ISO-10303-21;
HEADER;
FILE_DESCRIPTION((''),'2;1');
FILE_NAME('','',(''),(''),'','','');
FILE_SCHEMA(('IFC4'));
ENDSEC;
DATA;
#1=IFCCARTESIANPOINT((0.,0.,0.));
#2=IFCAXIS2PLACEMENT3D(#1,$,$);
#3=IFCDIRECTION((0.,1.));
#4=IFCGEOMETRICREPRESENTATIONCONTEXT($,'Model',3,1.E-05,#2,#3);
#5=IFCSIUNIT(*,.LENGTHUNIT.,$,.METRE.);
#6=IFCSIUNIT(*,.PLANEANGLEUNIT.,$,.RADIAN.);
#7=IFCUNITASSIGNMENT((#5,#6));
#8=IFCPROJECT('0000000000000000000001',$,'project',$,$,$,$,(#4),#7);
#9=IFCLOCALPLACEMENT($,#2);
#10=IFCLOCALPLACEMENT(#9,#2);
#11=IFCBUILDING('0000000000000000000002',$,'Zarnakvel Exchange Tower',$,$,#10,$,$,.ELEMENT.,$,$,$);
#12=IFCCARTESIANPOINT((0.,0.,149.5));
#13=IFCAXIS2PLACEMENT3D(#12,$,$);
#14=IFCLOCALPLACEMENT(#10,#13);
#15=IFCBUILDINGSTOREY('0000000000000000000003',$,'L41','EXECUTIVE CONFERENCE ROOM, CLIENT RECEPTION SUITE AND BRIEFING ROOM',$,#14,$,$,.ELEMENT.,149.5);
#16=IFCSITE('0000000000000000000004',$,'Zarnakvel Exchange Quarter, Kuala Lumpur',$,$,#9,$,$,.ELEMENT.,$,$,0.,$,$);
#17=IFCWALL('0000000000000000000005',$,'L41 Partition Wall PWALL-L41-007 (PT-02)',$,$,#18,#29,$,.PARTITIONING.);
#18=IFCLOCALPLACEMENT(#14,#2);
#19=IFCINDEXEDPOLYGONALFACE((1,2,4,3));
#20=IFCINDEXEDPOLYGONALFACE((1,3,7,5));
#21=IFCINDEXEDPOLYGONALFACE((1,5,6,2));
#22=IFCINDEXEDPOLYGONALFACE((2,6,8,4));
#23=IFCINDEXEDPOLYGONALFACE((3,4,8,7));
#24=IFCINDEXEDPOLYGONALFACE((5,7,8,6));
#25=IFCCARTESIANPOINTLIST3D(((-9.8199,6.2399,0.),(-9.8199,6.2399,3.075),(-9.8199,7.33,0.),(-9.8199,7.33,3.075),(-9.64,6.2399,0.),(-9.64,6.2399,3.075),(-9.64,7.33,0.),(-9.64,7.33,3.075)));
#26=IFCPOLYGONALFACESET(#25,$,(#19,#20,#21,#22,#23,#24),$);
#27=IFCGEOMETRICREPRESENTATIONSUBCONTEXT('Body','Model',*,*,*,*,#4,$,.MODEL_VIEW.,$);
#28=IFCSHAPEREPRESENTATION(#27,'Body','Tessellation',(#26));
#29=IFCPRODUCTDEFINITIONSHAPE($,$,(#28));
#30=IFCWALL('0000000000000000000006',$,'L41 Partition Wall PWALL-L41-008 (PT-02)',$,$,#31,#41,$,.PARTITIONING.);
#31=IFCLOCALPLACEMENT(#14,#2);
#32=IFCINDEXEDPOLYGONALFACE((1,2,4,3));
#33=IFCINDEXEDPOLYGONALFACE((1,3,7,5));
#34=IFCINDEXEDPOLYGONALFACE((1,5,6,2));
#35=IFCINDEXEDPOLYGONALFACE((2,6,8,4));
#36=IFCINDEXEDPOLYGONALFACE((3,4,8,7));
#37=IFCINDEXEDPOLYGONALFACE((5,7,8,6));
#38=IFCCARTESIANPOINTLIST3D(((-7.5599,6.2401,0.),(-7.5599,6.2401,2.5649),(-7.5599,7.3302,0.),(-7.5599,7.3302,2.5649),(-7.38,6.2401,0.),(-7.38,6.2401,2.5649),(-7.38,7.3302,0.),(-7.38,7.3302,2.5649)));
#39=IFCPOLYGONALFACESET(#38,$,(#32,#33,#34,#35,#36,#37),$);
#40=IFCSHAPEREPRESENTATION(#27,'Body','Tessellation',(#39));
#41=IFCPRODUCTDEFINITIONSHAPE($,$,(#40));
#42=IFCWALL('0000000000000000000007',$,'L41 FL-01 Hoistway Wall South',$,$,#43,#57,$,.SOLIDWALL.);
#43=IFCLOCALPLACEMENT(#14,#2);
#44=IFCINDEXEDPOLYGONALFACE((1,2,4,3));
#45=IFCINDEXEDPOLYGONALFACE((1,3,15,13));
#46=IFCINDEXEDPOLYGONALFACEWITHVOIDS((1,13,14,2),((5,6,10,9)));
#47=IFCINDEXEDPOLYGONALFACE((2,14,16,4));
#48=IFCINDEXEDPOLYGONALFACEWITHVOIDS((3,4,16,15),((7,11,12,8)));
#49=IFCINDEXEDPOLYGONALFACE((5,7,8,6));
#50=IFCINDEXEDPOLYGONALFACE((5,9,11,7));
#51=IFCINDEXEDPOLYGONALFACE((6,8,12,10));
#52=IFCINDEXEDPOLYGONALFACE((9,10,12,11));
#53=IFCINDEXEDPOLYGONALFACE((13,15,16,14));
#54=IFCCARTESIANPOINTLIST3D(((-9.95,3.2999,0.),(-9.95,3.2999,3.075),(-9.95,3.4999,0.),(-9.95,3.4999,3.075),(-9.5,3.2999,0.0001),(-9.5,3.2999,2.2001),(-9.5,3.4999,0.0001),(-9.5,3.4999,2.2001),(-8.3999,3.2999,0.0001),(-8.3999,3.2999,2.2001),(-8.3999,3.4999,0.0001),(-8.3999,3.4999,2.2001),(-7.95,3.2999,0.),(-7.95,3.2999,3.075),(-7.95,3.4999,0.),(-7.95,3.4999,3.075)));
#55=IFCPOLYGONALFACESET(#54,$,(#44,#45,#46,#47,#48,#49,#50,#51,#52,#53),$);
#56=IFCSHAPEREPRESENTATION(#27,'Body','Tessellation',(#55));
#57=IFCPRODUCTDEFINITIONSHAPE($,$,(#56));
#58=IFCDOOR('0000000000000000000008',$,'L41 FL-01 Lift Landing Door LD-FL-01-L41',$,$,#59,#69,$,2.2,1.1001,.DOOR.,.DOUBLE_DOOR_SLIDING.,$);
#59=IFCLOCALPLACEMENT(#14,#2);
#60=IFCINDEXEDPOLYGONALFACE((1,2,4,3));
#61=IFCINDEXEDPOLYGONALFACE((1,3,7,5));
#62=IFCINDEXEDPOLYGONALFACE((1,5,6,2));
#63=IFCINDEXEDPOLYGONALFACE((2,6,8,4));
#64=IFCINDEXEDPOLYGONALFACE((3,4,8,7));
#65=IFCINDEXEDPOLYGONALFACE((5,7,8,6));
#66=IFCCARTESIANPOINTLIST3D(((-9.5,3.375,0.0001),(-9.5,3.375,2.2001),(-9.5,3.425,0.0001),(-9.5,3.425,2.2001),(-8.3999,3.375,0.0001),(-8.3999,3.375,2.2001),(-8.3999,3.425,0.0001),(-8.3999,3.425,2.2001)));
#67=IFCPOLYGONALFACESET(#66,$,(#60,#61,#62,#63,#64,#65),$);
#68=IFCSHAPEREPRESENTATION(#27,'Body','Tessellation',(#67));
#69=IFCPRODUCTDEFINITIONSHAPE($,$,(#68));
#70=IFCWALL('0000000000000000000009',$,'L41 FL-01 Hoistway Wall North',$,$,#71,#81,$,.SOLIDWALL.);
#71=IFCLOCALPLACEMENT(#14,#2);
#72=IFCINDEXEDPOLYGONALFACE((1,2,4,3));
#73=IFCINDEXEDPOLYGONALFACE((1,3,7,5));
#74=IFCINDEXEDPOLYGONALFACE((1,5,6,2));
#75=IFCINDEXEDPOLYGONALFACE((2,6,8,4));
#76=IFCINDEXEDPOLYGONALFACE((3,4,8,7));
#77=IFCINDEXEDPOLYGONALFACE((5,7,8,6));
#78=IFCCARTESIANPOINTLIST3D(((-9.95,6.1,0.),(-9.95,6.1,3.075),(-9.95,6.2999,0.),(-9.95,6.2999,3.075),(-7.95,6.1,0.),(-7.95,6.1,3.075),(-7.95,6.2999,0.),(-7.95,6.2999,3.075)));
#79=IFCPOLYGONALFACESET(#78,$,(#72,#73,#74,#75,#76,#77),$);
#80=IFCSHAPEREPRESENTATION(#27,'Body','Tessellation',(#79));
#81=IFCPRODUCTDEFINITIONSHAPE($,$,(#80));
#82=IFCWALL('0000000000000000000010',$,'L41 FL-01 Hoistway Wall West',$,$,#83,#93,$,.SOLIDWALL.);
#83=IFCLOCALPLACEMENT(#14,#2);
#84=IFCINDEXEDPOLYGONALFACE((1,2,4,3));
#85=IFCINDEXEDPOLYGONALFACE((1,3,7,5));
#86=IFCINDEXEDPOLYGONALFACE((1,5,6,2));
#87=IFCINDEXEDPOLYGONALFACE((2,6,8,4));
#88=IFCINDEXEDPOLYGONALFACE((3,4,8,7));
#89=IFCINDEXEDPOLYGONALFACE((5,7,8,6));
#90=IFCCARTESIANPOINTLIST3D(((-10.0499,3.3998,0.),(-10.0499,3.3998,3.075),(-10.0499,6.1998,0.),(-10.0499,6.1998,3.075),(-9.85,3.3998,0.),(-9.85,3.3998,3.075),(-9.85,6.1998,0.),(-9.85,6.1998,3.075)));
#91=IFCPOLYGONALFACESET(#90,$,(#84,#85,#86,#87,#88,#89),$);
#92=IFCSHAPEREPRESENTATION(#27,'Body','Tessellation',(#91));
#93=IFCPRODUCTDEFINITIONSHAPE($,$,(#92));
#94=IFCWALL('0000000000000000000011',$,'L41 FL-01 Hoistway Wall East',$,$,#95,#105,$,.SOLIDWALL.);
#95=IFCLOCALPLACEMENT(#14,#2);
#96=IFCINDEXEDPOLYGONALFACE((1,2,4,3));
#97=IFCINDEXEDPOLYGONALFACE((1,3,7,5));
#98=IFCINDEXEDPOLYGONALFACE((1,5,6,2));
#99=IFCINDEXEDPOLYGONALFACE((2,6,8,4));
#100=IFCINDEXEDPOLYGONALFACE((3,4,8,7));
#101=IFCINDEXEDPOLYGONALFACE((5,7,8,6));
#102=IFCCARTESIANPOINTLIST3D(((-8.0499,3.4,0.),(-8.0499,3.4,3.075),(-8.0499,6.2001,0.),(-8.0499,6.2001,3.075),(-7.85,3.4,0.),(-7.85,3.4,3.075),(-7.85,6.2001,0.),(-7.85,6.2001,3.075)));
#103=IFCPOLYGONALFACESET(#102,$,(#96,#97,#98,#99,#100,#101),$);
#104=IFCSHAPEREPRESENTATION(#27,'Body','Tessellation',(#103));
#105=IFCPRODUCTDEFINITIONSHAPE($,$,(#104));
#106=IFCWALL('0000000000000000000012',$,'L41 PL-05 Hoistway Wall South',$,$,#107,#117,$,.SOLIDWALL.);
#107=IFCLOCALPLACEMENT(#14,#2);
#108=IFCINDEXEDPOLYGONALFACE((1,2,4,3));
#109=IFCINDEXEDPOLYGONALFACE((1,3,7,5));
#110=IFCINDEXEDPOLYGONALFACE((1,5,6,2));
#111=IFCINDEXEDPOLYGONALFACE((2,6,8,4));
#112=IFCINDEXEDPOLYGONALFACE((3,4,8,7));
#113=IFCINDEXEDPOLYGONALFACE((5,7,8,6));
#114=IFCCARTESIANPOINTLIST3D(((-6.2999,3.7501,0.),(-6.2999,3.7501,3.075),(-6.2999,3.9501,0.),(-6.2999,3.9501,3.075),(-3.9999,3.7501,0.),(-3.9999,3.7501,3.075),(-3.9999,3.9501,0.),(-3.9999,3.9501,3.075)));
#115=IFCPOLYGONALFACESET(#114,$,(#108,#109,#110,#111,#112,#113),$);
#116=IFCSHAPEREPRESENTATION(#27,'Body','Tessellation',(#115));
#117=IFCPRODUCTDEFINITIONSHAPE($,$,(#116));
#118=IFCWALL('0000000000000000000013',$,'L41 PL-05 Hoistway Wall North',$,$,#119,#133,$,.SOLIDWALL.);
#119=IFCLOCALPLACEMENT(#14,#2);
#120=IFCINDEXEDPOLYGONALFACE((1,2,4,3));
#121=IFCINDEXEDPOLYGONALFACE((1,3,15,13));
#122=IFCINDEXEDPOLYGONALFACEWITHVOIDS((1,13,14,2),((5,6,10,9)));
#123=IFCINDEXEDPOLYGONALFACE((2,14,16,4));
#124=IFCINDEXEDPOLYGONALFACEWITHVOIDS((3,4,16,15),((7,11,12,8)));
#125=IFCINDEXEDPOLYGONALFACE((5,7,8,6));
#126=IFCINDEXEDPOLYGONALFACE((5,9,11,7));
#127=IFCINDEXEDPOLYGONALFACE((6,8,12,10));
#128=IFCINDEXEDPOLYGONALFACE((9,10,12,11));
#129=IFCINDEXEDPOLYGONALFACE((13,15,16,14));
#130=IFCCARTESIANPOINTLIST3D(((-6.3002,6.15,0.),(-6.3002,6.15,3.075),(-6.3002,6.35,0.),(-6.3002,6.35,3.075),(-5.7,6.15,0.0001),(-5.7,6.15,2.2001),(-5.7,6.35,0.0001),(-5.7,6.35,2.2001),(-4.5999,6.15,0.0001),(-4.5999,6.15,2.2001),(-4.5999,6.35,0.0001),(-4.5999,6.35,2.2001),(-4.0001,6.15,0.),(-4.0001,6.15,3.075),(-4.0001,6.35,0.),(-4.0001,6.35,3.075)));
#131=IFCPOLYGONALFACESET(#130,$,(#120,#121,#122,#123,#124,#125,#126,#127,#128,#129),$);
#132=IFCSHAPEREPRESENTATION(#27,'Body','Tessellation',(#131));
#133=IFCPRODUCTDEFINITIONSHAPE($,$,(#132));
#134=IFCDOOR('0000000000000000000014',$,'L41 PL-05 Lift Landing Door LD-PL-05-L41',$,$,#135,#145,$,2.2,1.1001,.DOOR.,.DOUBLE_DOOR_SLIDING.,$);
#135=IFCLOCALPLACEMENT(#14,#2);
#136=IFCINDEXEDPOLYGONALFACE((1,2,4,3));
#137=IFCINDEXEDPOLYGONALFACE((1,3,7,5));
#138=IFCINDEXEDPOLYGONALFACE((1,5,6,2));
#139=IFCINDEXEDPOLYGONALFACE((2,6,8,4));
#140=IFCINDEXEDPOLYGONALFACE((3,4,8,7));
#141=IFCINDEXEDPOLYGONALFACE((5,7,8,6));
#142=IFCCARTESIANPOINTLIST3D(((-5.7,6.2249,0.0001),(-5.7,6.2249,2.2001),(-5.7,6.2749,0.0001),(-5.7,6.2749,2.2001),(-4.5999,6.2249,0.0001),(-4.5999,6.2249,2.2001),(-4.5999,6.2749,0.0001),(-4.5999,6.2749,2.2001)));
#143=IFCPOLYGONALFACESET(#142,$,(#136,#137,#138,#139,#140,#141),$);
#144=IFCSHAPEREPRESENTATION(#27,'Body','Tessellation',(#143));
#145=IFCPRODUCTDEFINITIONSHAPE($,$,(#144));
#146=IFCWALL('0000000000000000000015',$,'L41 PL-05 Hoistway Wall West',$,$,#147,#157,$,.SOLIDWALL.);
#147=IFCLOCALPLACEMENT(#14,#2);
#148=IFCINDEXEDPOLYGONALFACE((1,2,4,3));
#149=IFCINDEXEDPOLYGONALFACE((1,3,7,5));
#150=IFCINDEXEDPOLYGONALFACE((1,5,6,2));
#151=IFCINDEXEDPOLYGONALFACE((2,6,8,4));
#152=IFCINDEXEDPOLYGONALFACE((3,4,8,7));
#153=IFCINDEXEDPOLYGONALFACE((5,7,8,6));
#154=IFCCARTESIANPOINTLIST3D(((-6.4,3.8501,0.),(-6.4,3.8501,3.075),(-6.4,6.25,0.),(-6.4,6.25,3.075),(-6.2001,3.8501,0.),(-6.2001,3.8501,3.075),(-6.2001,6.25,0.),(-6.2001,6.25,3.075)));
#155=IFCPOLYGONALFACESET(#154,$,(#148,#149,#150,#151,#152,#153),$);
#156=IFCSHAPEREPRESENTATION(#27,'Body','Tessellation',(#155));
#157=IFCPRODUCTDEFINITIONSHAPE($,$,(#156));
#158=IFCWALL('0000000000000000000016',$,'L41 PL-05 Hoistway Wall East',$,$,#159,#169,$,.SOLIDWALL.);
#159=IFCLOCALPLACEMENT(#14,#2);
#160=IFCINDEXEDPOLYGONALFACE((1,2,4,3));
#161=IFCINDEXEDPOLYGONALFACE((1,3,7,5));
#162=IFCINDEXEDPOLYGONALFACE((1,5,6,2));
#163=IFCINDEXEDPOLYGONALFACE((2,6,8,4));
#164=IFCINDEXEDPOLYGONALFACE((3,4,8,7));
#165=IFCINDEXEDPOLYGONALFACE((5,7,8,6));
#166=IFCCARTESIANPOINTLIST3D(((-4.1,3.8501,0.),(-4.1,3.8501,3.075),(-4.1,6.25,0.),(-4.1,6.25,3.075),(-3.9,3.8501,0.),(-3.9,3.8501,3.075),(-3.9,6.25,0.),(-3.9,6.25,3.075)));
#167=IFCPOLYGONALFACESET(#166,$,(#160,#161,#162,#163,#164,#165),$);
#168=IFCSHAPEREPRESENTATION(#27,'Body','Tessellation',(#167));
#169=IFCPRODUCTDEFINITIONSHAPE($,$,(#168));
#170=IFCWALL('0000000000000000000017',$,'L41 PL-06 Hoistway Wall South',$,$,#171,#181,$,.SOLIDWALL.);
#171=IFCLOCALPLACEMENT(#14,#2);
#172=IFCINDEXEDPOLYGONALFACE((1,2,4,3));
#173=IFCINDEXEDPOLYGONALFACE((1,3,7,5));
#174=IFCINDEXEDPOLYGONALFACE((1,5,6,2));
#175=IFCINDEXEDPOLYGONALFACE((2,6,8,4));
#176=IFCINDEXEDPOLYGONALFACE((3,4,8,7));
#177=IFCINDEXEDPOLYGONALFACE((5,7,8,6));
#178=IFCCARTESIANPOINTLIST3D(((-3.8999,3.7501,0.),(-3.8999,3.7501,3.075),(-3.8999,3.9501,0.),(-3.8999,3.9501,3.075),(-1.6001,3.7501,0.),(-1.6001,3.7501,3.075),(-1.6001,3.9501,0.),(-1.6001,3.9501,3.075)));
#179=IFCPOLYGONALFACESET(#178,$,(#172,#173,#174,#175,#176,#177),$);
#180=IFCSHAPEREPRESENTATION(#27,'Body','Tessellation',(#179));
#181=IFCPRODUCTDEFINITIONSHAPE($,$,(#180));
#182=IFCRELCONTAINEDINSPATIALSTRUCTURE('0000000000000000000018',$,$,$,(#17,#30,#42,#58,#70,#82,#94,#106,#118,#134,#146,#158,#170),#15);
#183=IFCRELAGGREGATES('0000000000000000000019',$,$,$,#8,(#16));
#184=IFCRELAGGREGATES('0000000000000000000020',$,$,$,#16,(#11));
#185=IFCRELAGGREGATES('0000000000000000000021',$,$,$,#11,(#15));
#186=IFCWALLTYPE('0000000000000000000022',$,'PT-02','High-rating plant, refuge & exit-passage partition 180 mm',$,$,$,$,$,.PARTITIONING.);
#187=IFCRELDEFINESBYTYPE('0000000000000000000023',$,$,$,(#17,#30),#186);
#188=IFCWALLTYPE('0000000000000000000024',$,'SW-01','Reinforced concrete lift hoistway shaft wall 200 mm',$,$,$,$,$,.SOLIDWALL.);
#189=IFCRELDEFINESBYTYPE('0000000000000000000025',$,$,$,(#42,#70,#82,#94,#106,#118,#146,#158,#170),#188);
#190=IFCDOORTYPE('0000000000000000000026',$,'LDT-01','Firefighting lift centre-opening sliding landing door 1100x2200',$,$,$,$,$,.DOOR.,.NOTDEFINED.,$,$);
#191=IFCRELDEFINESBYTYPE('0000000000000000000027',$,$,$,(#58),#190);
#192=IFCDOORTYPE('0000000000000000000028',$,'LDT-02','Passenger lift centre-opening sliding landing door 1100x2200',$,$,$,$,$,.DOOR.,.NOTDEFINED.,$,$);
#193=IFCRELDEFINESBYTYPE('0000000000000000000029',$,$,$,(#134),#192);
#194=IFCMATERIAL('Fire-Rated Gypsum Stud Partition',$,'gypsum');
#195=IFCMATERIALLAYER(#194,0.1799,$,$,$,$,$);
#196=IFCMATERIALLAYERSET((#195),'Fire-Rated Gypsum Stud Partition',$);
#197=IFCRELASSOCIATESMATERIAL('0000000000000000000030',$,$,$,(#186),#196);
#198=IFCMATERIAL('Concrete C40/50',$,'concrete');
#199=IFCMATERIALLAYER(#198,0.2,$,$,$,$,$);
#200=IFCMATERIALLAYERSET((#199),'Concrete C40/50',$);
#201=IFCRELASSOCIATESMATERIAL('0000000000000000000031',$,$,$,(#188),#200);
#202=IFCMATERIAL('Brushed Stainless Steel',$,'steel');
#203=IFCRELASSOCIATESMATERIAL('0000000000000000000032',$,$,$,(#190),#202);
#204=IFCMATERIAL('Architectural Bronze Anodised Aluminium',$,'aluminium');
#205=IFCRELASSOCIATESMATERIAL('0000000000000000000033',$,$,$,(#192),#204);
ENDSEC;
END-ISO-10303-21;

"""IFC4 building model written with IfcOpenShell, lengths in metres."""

from ifc_helpers import new_model, si_unit, direction, frame, frame_2d, origin, place, context, subcontext, project, spatial, rectangle, extrude, source, transform, mapped, material, layer, layer_set, type_object, element, fill, save


model = new_model("IFC4")

# Units and contexts
model_context = context("Model", 3, precision=1e-05, world=origin(), true_north=direction((0.0, 1.0)))
body_context = subcontext(model_context, "Body", "Model", "MODEL_VIEW")
ifc_project = project(units=[si_unit("LENGTHUNIT", "METRE"), si_unit("PLANEANGLEUNIT", "RADIAN")], contexts=[model_context])

# Site, building, storey
site_placement = place(None, origin())
site = spatial("IfcSite", under=ifc_project, at=site_placement, Name="Zarnakvel Exchange Quarter, Kuala Lumpur", CompositionType="ELEMENT", RefElevation=0.0)
building_placement = place(site_placement, origin())
building = spatial("IfcBuilding", under=site, at=building_placement, Name="Zarnakvel Exchange Tower", CompositionType="ELEMENT")
storey_placement = place(building_placement, frame((0.0, 0.0, 149.5)))
storey = spatial("IfcBuildingStorey", under=building, at=storey_placement, Name="L41", Description="EXECUTIVE CONFERENCE ROOM, CLIENT RECEPTION SUITE AND BRIEFING ROOM", CompositionType="ELEMENT", Elevation=149.5)

# Walls
ifc_material_1 = material(Name="Fire-Rated Gypsum Stud Partition", Category="gypsum")
ifc_layer_1 = layer(ifc_material_1, 0.1799)
ifc_layer_set_1 = layer_set([ifc_layer_1], Name="Fire-Rated Gypsum Stud Partition")
wall_type_1 = type_object("IfcWallType", Name="PT-02", Description="High-rating plant, refuge & exit-passage partition 180 mm", PredefinedType="PARTITIONING", material=ifc_layer_set_1)
wall_1_placement = place(storey_placement, frame((-9.73, 6.24, 0.0), z_axis=(0.0, 0.0, 1.0), x_axis=(0.0, 1.0, 0.0)))
element("IfcWall", 1, at=wall_1_placement, inside=storey, type_object=wall_type_1, Name="L41 Partition Wall PWALL-L41-007 (PT-02)", PredefinedType="PARTITIONING", context=body_context, shape_type="SweptSolid", body=[
    extrude(rectangle(XDim=1.0901, YDim=0.1799, at=frame_2d((0.5449, 0.0))), origin(), (0.0, 0.0, 1.0), 3.075),
])
wall_2_placement = place(storey_placement, frame((-7.47, 7.3301, 0.0), z_axis=(0.0, 0.0, 1.0), x_axis=(0.0, -1.0, 0.0)))
element("IfcWall", 2, at=wall_2_placement, inside=storey, type_object=wall_type_1, Name="L41 Partition Wall PWALL-L41-008 (PT-02)", PredefinedType="PARTITIONING", context=body_context, shape_type="SweptSolid", body=[
    extrude(rectangle(XDim=1.0901, YDim=0.1799, at=frame_2d((0.5449, 0.0))), origin(), (0.0, 0.0, 1.0), 2.5649),
])

# Wall, opening, door
ifc_material_2 = material(Name="Concrete C40/50", Category="concrete")
ifc_layer_2 = layer(ifc_material_2, 0.2)
ifc_layer_set_2 = layer_set([ifc_layer_2], Name="Concrete C40/50")
wall_type_2 = type_object("IfcWallType", Name="SW-01", Description="Reinforced concrete lift hoistway shaft wall 200 mm", PredefinedType="SOLIDWALL", material=ifc_layer_set_2)
wall_3_placement = place(storey_placement, frame((-7.95, 3.3999, 0.0), z_axis=(0.0, 0.0, 1.0), x_axis=(-1.0, 0.0, 0.0)))
wall_3 = element("IfcWall", 3, at=wall_3_placement, inside=storey, type_object=wall_type_2, Name="L41 FL-01 Hoistway Wall South", PredefinedType="SOLIDWALL", context=body_context, shape_type="SweptSolid", body=[
    extrude(rectangle(XDim=2.0, YDim=0.2, at=frame_2d((1.0, 0.0))), origin(), (0.0, 0.0, 1.0), 3.075),
])
opening_1_placement = place(wall_3_placement, frame((0.45, 0.0, 0.0)))
opening_1 = element("IfcOpeningElement", 4, at=opening_1_placement, cuts=wall_3, PredefinedType="OPENING", context=body_context, shape_type="SweptSolid", body=[
    extrude(rectangle(XDim=1.1001, YDim=2.2, at=frame_2d((0.55, 1.1001))), frame((0.0, 0.1099, 0.0), z_axis=(0.0, -1.0, 0.0), x_axis=(1.0, 0.0, 0.0)), (0.0, 0.0, 1.0), 0.22),
])
ifc_material_3 = material(Name="Brushed Stainless Steel", Category="steel")
door_type_1 = type_object("IfcDoorType", Name="LDT-01", Description="Firefighting lift centre-opening sliding landing door 1100x2200", OperationType="NOTDEFINED", PredefinedType="DOOR", material=ifc_material_3)
shared_shape_1 = source(origin(), body_context, "Body", "SweptSolid", [
    extrude(rectangle(XDim=1.1001, YDim=2.2, at=frame_2d((0.55, 1.1001))), frame((0.0, 0.0249, 0.0), z_axis=(0.0, -1.0, 0.0), x_axis=(1.0, 0.0, 0.0)), (0.0, 0.0, 1.0), 0.05),
])
door_1_placement = place(opening_1_placement, origin())
door_1 = element("IfcDoor", 5, at=door_1_placement, inside=storey, type_object=door_type_1, Name="L41 FL-01 Lift Landing Door LD-FL-01-L41", OperationType="DOUBLE_DOOR_SLIDING", OverallHeight=2.2, OverallWidth=1.1001, PredefinedType="DOOR", context=body_context, shape_type="MappedRepresentation", body=[
    mapped(shared_shape_1, transform((0.0, 0.0, 0.0), x_axis=(1.0, 0.0, 0.0), y_axis=(0.0, 1.0, 0.0), z_axis=(0.0, 0.0, 1.0), scale=1.0)),
])
fill(opening_1, door_1)

# Walls
wall_4_placement = place(storey_placement, frame((-9.95, 6.2, 0.0), z_axis=(0.0, 0.0, 1.0), x_axis=(1.0, 0.0, 0.0)))
element("IfcWall", 6, at=wall_4_placement, inside=storey, type_object=wall_type_2, Name="L41 FL-01 Hoistway Wall North", PredefinedType="SOLIDWALL", context=body_context, shape_type="SweptSolid", body=[
    extrude(rectangle(XDim=2.0, YDim=0.2, at=frame_2d((1.0, 0.0))), origin(), (0.0, 0.0, 1.0), 3.075),
])
for number, where, z_axis, x_axis, name in (
    (7, (-9.95, 3.3999, 0.0), (0.0, 0.0, 1.0), (0.0, 1.0, 0.0), "L41 FL-01 Hoistway Wall West"),
    (8, (-7.95, 6.2, 0.0), (0.0, 0.0, 1.0), (0.0, -1.0, 0.0), "L41 FL-01 Hoistway Wall East"),
):
    element("IfcWall", number, at=place(storey_placement, frame(where, z_axis=z_axis, x_axis=x_axis)), inside=storey, type_object=wall_type_2, Name=name, PredefinedType="SOLIDWALL", context=body_context, shape_type="SweptSolid", body=[
        extrude(rectangle(XDim=2.8, YDim=0.2, at=frame_2d((1.3999, 0.0))), origin(), (0.0, 0.0, 1.0), 3.075),
    ])
wall_5_placement = place(storey_placement, frame((-4.0, 3.8501, 0.0), z_axis=(0.0, 0.0, 1.0), x_axis=(-1.0, 0.0, 0.0)))
element("IfcWall", 9, at=wall_5_placement, inside=storey, type_object=wall_type_2, Name="L41 PL-05 Hoistway Wall South", PredefinedType="SOLIDWALL", context=body_context, shape_type="SweptSolid", body=[
    extrude(rectangle(XDim=2.3, YDim=0.2, at=frame_2d((1.1499, 0.0))), origin(), (0.0, 0.0, 1.0), 3.075),
])

# Wall, opening, door
wall_6_placement = place(storey_placement, frame((-6.3, 6.25, 0.0), z_axis=(0.0, 0.0, 1.0), x_axis=(1.0, 0.0, 0.0)))
wall_6 = element("IfcWall", 10, at=wall_6_placement, inside=storey, type_object=wall_type_2, Name="L41 PL-05 Hoistway Wall North", PredefinedType="SOLIDWALL", context=body_context, shape_type="SweptSolid", body=[
    extrude(rectangle(XDim=2.3, YDim=0.2, at=frame_2d((1.1499, 0.0))), origin(), (0.0, 0.0, 1.0), 3.075),
])
opening_2_placement = place(wall_6_placement, frame((0.6001, 0.0, 0.0)))
opening_2 = element("IfcOpeningElement", 11, at=opening_2_placement, cuts=wall_6, PredefinedType="OPENING", context=body_context, shape_type="SweptSolid", body=[
    extrude(rectangle(XDim=1.1001, YDim=2.2, at=frame_2d((0.55, 1.1001))), frame((0.0, 0.1099, 0.0), z_axis=(0.0, -1.0, 0.0), x_axis=(1.0, 0.0, 0.0)), (0.0, 0.0, 1.0), 0.22),
])
ifc_material_4 = material(Name="Architectural Bronze Anodised Aluminium", Category="aluminium")
door_type_2 = type_object("IfcDoorType", Name="LDT-02", Description="Passenger lift centre-opening sliding landing door 1100x2200", OperationType="NOTDEFINED", PredefinedType="DOOR", material=ifc_material_4)
door_2_placement = place(opening_2_placement, origin())
door_2 = element("IfcDoor", 12, at=door_2_placement, inside=storey, type_object=door_type_2, Name="L41 PL-05 Lift Landing Door LD-PL-05-L41", OperationType="DOUBLE_DOOR_SLIDING", OverallHeight=2.2, OverallWidth=1.1001, PredefinedType="DOOR", context=body_context, shape_type="MappedRepresentation", body=[
    mapped(shared_shape_1, transform((0.0, 0.0, 0.0), x_axis=(1.0, 0.0, 0.0), y_axis=(0.0, 1.0, 0.0), z_axis=(0.0, 0.0, 1.0), scale=1.0)),
])
fill(opening_2, door_2)

# Walls
for number, where, z_axis, x_axis, name in (
    (13, (-6.3, 3.8501, 0.0), (0.0, 0.0, 1.0), (0.0, 1.0, 0.0), "L41 PL-05 Hoistway Wall West"),
    (14, (-4.0, 6.25, 0.0), (0.0, 0.0, 1.0), (0.0, -1.0, 0.0), "L41 PL-05 Hoistway Wall East"),
):
    element("IfcWall", number, at=place(storey_placement, frame(where, z_axis=z_axis, x_axis=x_axis)), inside=storey, type_object=wall_type_2, Name=name, PredefinedType="SOLIDWALL", context=body_context, shape_type="SweptSolid", body=[
        extrude(rectangle(XDim=2.3999, YDim=0.2, at=frame_2d((1.2, 0.0))), origin(), (0.0, 0.0, 1.0), 3.075),
    ])
wall_7_placement = place(storey_placement, frame((-1.6001, 3.8501, 0.0), z_axis=(0.0, 0.0, 1.0), x_axis=(-1.0, 0.0, 0.0)))
element("IfcWall", 15, at=wall_7_placement, inside=storey, type_object=wall_type_2, Name="L41 PL-06 Hoistway Wall South", PredefinedType="SOLIDWALL", context=body_context, shape_type="SweptSolid", body=[
    extrude(rectangle(XDim=2.2998, YDim=0.2, at=frame_2d((1.1499, 0.0))), origin(), (0.0, 0.0, 1.0), 3.075),
])

save(model, "model.ifc")
